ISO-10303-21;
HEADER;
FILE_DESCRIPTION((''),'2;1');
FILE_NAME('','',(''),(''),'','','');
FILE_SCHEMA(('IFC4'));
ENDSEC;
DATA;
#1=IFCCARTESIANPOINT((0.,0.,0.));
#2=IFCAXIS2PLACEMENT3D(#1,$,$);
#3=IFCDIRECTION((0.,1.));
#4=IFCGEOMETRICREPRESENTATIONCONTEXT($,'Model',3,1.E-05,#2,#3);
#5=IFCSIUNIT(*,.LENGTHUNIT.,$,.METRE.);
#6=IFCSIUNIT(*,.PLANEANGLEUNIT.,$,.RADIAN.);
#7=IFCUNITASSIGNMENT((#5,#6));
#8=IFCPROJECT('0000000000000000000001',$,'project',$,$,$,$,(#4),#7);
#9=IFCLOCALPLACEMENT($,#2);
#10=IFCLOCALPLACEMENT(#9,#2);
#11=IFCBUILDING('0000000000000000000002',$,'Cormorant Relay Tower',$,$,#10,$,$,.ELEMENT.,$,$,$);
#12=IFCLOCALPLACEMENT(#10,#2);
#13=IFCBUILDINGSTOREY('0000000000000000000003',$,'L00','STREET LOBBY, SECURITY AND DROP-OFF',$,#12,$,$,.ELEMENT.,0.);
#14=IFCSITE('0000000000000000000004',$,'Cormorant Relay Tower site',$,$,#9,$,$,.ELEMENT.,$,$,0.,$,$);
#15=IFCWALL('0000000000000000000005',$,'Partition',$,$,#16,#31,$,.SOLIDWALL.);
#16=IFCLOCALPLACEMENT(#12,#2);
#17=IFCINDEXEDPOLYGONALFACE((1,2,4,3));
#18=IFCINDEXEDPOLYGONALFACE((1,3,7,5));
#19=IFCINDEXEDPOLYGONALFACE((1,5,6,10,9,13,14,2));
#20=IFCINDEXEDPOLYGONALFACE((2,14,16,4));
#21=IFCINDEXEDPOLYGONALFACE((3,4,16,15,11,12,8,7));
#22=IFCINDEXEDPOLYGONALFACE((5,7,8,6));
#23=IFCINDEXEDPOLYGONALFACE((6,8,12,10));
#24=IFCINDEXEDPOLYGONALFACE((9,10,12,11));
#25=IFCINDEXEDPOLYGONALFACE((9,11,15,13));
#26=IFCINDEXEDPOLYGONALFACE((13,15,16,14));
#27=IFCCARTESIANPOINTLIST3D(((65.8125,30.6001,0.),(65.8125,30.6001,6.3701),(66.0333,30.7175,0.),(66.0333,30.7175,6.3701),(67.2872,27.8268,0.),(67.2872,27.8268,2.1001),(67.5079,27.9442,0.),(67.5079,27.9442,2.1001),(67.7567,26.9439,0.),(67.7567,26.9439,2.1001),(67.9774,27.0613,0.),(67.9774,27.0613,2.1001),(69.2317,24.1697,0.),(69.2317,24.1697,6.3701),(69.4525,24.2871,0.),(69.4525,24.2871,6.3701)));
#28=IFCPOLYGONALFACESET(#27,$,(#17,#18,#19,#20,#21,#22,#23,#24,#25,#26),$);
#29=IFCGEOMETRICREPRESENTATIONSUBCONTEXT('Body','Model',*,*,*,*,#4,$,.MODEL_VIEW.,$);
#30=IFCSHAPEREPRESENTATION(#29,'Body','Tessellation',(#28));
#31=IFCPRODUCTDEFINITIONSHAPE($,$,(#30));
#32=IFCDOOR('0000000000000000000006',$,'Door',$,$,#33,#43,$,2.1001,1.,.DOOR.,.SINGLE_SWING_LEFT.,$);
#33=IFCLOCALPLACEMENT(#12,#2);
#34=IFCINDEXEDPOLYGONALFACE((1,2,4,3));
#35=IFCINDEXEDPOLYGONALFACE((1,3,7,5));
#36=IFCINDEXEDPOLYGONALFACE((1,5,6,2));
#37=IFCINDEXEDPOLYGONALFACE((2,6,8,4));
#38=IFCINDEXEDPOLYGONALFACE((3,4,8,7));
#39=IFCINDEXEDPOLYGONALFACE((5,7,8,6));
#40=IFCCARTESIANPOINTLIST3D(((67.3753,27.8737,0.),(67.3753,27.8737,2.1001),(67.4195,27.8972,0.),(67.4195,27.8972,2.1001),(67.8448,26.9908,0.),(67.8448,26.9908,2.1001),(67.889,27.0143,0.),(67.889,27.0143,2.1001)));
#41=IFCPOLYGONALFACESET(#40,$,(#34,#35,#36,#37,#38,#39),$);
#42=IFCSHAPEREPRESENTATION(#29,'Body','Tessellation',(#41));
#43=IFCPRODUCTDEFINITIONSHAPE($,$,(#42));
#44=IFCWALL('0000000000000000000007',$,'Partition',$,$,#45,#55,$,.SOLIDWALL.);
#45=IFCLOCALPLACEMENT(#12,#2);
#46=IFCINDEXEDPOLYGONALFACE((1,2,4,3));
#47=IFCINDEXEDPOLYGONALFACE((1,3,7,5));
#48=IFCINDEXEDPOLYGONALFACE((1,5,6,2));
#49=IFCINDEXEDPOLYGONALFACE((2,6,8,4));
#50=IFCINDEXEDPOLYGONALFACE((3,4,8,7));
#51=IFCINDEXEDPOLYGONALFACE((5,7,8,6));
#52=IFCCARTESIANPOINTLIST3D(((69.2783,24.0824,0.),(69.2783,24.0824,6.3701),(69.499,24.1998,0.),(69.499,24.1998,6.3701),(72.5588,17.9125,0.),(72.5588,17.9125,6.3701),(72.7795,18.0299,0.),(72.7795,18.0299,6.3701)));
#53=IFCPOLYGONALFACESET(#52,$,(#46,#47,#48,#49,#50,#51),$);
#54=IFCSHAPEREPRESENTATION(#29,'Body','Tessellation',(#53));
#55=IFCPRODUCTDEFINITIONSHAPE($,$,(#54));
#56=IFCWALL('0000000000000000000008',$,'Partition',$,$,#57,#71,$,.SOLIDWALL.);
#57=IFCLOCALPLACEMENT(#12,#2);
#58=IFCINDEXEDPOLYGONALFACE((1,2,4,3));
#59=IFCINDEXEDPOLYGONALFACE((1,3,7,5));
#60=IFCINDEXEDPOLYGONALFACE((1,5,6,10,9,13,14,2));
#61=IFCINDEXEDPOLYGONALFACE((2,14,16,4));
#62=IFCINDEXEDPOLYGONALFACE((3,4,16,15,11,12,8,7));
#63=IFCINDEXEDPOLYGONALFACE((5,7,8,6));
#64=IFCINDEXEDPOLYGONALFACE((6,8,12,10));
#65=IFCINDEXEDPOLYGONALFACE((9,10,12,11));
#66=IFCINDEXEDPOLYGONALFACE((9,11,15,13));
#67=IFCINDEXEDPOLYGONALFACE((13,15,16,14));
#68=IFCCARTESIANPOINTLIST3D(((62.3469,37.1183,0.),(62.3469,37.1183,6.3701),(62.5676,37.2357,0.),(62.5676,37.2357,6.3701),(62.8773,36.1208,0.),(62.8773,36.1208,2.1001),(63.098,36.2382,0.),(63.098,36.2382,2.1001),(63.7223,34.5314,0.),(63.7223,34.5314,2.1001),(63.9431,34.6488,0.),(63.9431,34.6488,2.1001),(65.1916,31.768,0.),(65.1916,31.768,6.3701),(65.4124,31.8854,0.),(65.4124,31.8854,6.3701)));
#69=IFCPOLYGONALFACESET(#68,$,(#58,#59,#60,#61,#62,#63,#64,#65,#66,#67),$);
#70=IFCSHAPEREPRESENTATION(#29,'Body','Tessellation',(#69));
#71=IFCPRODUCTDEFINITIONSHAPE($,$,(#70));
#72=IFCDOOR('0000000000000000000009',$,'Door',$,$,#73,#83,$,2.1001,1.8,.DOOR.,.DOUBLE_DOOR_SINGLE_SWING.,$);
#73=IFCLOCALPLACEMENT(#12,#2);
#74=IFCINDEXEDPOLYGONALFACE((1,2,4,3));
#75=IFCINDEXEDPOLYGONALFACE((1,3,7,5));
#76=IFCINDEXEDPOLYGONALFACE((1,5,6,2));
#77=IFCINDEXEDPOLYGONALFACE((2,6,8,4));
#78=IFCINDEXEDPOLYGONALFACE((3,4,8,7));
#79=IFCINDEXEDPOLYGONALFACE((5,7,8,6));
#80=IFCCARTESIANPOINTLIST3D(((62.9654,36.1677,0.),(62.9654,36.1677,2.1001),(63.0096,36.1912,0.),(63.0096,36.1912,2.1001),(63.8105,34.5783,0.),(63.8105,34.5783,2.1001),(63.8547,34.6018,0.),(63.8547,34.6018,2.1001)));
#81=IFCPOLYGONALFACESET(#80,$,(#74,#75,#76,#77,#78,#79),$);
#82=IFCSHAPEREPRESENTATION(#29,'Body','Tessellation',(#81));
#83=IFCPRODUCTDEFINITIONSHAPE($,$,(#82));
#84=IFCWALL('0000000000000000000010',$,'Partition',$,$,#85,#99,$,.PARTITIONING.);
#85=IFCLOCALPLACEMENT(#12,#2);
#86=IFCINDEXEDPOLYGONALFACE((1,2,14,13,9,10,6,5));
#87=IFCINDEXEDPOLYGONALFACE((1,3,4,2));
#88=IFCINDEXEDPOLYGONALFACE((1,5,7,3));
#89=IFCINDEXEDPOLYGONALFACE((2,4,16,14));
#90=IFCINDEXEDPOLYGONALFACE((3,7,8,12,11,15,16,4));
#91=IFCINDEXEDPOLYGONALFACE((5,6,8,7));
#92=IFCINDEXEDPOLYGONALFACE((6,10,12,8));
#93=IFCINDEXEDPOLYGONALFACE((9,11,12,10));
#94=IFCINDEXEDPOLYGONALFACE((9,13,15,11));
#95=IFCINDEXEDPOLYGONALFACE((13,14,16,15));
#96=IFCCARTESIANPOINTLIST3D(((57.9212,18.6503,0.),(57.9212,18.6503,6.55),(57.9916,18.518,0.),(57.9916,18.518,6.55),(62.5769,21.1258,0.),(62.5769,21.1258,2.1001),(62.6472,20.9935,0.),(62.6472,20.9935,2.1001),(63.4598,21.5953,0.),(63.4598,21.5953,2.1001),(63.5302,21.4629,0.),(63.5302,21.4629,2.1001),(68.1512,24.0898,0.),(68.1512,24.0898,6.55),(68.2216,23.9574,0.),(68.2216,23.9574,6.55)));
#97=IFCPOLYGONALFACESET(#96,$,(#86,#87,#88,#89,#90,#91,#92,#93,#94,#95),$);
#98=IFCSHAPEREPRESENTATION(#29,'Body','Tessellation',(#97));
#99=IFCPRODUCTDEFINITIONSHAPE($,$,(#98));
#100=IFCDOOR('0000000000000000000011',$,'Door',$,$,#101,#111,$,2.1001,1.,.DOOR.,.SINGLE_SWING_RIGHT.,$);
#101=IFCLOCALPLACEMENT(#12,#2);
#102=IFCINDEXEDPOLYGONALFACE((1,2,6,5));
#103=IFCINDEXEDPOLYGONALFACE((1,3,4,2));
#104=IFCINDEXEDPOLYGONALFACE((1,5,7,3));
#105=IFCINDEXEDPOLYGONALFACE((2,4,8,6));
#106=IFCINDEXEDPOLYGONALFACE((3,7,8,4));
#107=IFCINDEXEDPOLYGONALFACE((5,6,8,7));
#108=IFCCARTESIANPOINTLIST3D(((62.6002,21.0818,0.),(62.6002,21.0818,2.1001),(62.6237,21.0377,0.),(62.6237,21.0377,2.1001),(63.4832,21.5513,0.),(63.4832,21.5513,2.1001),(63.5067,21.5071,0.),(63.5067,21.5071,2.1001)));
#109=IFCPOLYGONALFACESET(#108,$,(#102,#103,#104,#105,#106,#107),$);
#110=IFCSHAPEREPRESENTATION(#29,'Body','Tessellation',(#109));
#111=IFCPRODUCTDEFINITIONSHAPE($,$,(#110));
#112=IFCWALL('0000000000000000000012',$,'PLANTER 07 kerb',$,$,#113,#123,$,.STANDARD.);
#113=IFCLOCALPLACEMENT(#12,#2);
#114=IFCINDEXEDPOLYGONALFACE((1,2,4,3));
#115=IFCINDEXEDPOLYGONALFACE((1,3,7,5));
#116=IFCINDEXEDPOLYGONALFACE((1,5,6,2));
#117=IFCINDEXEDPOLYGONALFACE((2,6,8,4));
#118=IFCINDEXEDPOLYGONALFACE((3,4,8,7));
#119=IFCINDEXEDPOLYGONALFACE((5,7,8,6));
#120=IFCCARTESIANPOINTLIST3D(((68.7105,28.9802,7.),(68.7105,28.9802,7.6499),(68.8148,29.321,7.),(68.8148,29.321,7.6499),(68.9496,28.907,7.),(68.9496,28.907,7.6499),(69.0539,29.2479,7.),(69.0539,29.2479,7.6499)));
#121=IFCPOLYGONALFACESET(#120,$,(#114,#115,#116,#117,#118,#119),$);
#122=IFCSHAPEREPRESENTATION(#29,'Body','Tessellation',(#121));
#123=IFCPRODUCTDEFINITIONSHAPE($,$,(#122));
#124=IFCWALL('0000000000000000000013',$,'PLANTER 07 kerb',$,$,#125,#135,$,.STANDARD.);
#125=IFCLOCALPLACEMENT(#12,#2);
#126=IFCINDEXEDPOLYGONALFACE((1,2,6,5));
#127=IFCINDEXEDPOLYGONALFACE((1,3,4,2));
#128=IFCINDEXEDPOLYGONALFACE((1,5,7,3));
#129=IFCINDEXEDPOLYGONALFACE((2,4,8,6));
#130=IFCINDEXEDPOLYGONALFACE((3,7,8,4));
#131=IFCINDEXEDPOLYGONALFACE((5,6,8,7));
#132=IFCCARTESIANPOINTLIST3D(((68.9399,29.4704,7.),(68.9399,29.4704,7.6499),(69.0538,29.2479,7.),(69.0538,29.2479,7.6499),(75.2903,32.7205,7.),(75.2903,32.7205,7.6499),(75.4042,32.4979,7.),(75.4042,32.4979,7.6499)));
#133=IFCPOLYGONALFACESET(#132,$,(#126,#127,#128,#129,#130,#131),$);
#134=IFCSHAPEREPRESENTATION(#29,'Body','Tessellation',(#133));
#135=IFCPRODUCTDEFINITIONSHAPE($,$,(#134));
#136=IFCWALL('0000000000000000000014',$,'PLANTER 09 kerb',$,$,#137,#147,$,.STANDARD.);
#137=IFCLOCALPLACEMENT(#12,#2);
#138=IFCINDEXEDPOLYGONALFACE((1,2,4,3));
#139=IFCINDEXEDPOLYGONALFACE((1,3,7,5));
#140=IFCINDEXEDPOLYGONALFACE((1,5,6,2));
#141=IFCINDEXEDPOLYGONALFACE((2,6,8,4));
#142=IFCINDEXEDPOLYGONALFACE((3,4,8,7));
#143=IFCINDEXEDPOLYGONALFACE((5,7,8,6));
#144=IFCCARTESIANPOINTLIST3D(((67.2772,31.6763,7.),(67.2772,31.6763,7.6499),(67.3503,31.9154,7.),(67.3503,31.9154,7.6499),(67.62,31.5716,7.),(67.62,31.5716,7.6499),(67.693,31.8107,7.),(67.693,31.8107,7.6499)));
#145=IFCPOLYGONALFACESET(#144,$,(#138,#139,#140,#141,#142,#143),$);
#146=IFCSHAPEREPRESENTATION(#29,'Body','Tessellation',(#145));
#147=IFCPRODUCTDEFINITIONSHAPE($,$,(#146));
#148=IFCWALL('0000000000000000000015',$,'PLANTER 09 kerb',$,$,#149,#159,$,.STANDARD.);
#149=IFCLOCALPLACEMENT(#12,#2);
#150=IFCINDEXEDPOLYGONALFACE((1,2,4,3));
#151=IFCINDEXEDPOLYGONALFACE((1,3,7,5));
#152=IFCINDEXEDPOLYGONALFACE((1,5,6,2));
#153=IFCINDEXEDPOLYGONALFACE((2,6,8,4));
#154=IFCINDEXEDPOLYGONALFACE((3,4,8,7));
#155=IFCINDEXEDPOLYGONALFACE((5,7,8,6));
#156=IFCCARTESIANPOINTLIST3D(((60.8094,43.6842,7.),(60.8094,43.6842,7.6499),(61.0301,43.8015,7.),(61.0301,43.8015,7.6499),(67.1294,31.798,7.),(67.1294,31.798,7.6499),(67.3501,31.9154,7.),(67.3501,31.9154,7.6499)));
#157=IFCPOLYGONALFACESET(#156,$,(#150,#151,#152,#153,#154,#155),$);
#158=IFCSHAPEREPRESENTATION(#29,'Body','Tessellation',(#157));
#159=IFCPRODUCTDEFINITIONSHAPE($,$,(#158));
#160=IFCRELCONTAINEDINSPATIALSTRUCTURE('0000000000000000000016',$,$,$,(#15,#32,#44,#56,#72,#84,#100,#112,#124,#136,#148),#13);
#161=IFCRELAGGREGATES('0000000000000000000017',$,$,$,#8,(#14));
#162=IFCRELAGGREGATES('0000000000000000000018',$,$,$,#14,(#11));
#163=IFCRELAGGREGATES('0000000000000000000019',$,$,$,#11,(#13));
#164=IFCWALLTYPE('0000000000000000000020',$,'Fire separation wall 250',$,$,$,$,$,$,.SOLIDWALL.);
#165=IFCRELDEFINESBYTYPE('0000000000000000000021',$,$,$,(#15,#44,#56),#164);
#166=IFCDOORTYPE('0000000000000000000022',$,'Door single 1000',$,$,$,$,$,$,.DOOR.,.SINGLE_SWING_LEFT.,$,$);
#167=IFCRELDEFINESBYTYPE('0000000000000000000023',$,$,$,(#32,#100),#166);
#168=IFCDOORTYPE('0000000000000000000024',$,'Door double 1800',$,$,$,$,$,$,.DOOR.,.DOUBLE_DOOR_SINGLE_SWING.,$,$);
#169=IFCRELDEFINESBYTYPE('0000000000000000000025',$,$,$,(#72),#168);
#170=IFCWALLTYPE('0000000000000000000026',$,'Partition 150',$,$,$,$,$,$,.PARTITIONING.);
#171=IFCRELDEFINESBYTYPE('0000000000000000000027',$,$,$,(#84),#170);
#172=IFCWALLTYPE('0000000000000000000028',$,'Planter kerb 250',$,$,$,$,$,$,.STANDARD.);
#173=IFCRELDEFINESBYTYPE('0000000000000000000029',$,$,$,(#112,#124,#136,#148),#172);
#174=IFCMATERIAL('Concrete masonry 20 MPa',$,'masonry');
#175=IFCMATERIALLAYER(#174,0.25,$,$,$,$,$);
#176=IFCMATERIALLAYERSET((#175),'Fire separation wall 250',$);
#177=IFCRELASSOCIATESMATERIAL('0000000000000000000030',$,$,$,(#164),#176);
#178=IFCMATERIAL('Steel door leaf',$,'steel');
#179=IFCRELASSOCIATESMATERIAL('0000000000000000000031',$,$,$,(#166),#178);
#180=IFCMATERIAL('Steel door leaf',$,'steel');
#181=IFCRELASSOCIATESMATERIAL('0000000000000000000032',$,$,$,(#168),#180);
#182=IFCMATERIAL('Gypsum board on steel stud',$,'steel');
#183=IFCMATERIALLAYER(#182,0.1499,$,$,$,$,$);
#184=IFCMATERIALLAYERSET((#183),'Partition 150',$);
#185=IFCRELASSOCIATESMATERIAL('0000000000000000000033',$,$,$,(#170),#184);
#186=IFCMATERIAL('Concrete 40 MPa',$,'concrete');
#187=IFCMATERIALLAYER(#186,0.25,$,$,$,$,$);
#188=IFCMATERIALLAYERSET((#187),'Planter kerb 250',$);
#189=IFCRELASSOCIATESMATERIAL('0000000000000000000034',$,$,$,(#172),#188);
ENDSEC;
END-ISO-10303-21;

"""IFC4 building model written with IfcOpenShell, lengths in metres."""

from ifc_helpers import new_model, si_unit, direction, frame, frame_2d, origin, place, context, subcontext, project, spatial, rectangle, extrude, material, layer, layer_set, type_object, element, fill, save


model = new_model("IFC4")

# Units and contexts
model_context = context("Model", 3, precision=1e-05, world=origin(), true_north=direction((0.0, 1.0)))
body_context = subcontext(model_context, "Body", "Model", "MODEL_VIEW")
ifc_project = project(units=[si_unit("LENGTHUNIT", "METRE"), si_unit("PLANEANGLEUNIT", "RADIAN")], contexts=[model_context])

# Site, building, storey
site_placement = place(None, origin())
site = spatial("IfcSite", under=ifc_project, at=site_placement, Name="Cormorant Relay Tower site", CompositionType="ELEMENT", RefElevation=0.0)
building_placement = place(site_placement, origin())
building = spatial("IfcBuilding", under=site, at=building_placement, Name="Cormorant Relay Tower", CompositionType="ELEMENT")
storey_placement = place(building_placement, origin())
storey = spatial("IfcBuildingStorey", under=building, at=storey_placement, Name="L00", Description="STREET LOBBY, SECURITY AND DROP-OFF", CompositionType="ELEMENT", Elevation=0.0)

# Shared definitions
ifc_material_1 = material(Name="Concrete masonry 20 MPa", Category="masonry")
ifc_layer_1 = layer(ifc_material_1, 0.25)
ifc_layer_set_1 = layer_set([ifc_layer_1], Name="Fire separation wall 250")
wall_type_1 = type_object("IfcWallType", Name="Fire separation wall 250", PredefinedType="SOLIDWALL", material=ifc_layer_set_1)

# Wall, opening, door
wall_1_placement = place(storey_placement, frame((65.9229, 30.6589, 0.0), z_axis=(0.0, 0.0, 1.0), x_axis=(0.46948, -0.882943, 0.0)))
wall_1 = element("IfcWall", 1, at=wall_1_placement, inside=storey, type_object=wall_type_1, Name="Partition", PredefinedType="SOLIDWALL", context=body_context, shape_type="SweptSolid", body=[
    extrude(rectangle(XDim=7.283, YDim=0.25, at=frame_2d((3.6416, 0.0))), origin(), (0.0, 0.0, 1.0), 6.3701),
])
opening_1_placement = place(wall_1_placement, frame((3.1411, 0.0, 0.0)))
opening_1 = element("IfcOpeningElement", 2, at=opening_1_placement, cuts=wall_1, PredefinedType="OPENING", context=body_context, shape_type="SweptSolid", body=[
    extrude(rectangle(XDim=1.0, YDim=2.1001, at=frame_2d((0.5, 1.05))), frame((0.0, 0.135, 0.0), z_axis=(0.0, -1.0, 0.0), x_axis=(1.0, 0.0, 0.0)), (0.0, 0.0, 1.0), 0.27),
])
ifc_material_2 = material(Name="Steel door leaf", Category="steel")
door_type_1 = type_object("IfcDoorType", Name="Door single 1000", OperationType="SINGLE_SWING_LEFT", PredefinedType="DOOR", material=ifc_material_2)
door_1_placement = place(opening_1_placement, origin())
door_1 = element("IfcDoor", 3, at=door_1_placement, inside=storey, type_object=door_type_1, Name="Door", OperationType="SINGLE_SWING_LEFT", OverallHeight=2.1001, OverallWidth=1.0, PredefinedType="DOOR", context=body_context, shape_type="SweptSolid", body=[
    extrude(rectangle(XDim=1.0, YDim=2.1001, at=frame_2d((0.5, 1.05))), frame((0.0, 0.0249, 0.0), z_axis=(0.0, -1.0, 0.0), x_axis=(1.0, 0.0, 0.0)), (0.0, 0.0, 1.0), 0.05),
])
fill(opening_1, door_1)

# Wall
wall_2_placement = place(storey_placement, frame((69.3887, 24.1411, 0.0), z_axis=(0.0, 0.0, 1.0), x_axis=(0.469462, -0.882953, 0.0)))
element("IfcWall", 4, at=wall_2_placement, inside=storey, type_object=wall_type_1, Name="Partition", PredefinedType="SOLIDWALL", context=body_context, shape_type="SweptSolid", body=[
    extrude(rectangle(XDim=6.9878, YDim=0.25, at=frame_2d((3.4939, 0.0))), origin(), (0.0, 0.0, 1.0), 6.3701),
])

# Walls, openings, doors
wall_3_placement = place(storey_placement, frame((62.4573, 37.177, 0.0), z_axis=(0.0, 0.0, 1.0), x_axis=(0.469459, -0.882954, 0.0)))
wall_3 = element("IfcWall", 5, at=wall_3_placement, inside=storey, type_object=wall_type_1, Name="Partition", PredefinedType="SOLIDWALL", context=body_context, shape_type="SweptSolid", body=[
    extrude(rectangle(XDim=6.0596, YDim=0.25, at=frame_2d((3.0298, 0.0))), origin(), (0.0, 0.0, 1.0), 6.3701),
])
opening_2_placement = place(wall_3_placement, frame((1.1299, 0.0, 0.0)))
opening_2 = element("IfcOpeningElement", 6, at=opening_2_placement, cuts=wall_3, PredefinedType="OPENING", context=body_context, shape_type="SweptSolid", body=[
    extrude(rectangle(XDim=1.8, YDim=2.1001, at=frame_2d((0.8999, 1.05))), frame((0.0, 0.135, 0.0), z_axis=(0.0, -1.0, 0.0), x_axis=(1.0, 0.0, 0.0)), (0.0, 0.0, 1.0), 0.27),
])
ifc_material_3 = material(Name="Steel door leaf", Category="steel")
door_type_2 = type_object("IfcDoorType", Name="Door double 1800", OperationType="DOUBLE_DOOR_SINGLE_SWING", PredefinedType="DOOR", material=ifc_material_3)
door_2_placement = place(opening_2_placement, origin())
door_2 = element("IfcDoor", 7, at=door_2_placement, inside=storey, type_object=door_type_2, Name="Door", OperationType="DOUBLE_DOOR_SINGLE_SWING", OverallHeight=2.1001, OverallWidth=1.8, PredefinedType="DOOR", context=body_context, shape_type="SweptSolid", body=[
    extrude(rectangle(XDim=1.8, YDim=2.1001, at=frame_2d((0.8999, 1.05))), frame((0.0, 0.0249, 0.0), z_axis=(0.0, -1.0, 0.0), x_axis=(1.0, 0.0, 0.0)), (0.0, 0.0, 1.0), 0.05),
])
fill(opening_2, door_2)
ifc_material_4 = material(Name="Gypsum board on steel stud", Category="steel")
ifc_layer_2 = layer(ifc_material_4, 0.1499)
ifc_layer_set_2 = layer_set([ifc_layer_2], Name="Partition 150")
wall_type_2 = type_object("IfcWallType", Name="Partition 150", PredefinedType="PARTITIONING", material=ifc_layer_set_2)
wall_4_placement = place(storey_placement, frame((57.9565, 18.5842, 0.0), z_axis=(0.0, 0.0, 1.0), x_axis=(0.882945, 0.469477, 0.0)))
wall_4 = element("IfcWall", 8, at=wall_4_placement, inside=storey, type_object=wall_type_2, Name="Partition", PredefinedType="PARTITIONING", context=body_context, shape_type="SweptSolid", body=[
    extrude(rectangle(XDim=11.5862, YDim=0.1499, at=frame_2d((5.793, 0.0))), origin(), (0.0, 0.0, 1.0), 6.55),
])
opening_3_placement = place(wall_4_placement, frame((5.2727, 0.0, 0.0)))
opening_3 = element("IfcOpeningElement", 9, at=opening_3_placement, cuts=wall_4, PredefinedType="OPENING", context=body_context, shape_type="SweptSolid", body=[
    extrude(rectangle(XDim=1.0, YDim=2.1001, at=frame_2d((0.5, 1.05))), frame((0.0, 0.085, 0.0), z_axis=(0.0, -1.0, 0.0), x_axis=(1.0, 0.0, 0.0)), (0.0, 0.0, 1.0), 0.1699),
])
door_3_placement = place(opening_3_placement, frame((1.0, 0.0, 0.0), z_axis=(0.0, 0.0, 1.0), x_axis=(-1.0, 0.0, 0.0)))
door_3 = element("IfcDoor", 10, at=door_3_placement, inside=storey, type_object=door_type_1, Name="Door", OperationType="SINGLE_SWING_RIGHT", OverallHeight=2.1001, OverallWidth=1.0, PredefinedType="DOOR", context=body_context, shape_type="SweptSolid", body=[
    extrude(rectangle(XDim=1.0, YDim=2.1001, at=frame_2d((0.5, 1.05))), frame((0.0, 0.0249, 0.0), z_axis=(0.0, -1.0, 0.0), x_axis=(1.0, 0.0, 0.0)), (0.0, 0.0, 1.0), 0.05),
])
fill(opening_3, door_3)

# Walls
ifc_material_5 = material(Name="Concrete 40 MPa", Category="concrete")
ifc_layer_3 = layer(ifc_material_5, 0.25)
ifc_layer_set_3 = layer_set([ifc_layer_3], Name="Planter kerb 250")
wall_type_3 = type_object("IfcWallType", Name="Planter kerb 250", PredefinedType="STANDARD", material=ifc_layer_set_3)
wall_5_placement = place(storey_placement, frame((68.8301, 28.9436, 7.0), z_axis=(0.0, 0.0, 1.0), x_axis=(0.292497, 0.956266, 0.0)))
element("IfcWall", 11, at=wall_5_placement, inside=storey, type_object=wall_type_3, Name="PLANTER 07 kerb", PredefinedType="STANDARD", context=body_context, shape_type="SweptSolid", body=[
    extrude(rectangle(XDim=0.3564, YDim=0.25, at=frame_2d((0.1782, 0.0))), origin(), (0.0, 0.0, 1.0), 0.6499),
])
wall_6_placement = place(storey_placement, frame((68.9968, 29.3591, 7.0), z_axis=(0.0, 0.0, 1.0), x_axis=(0.890192, 0.455586, 0.0)))
element("IfcWall", 12, at=wall_6_placement, inside=storey, type_object=wall_type_3, Name="PLANTER 07 kerb", PredefinedType="STANDARD", context=body_context, shape_type="SweptSolid", body=[
    extrude(rectangle(XDim=7.1338, YDim=0.25, at=frame_2d((3.5669, 0.0))), origin(), (0.0, 0.0, 1.0), 0.6499),
])
wall_7_placement = place(storey_placement, frame((67.6565, 31.6912, 7.0), z_axis=(0.0, 0.0, 1.0), x_axis=(-0.956352, 0.292219, 0.0)))
element("IfcWall", 13, at=wall_7_placement, inside=storey, type_object=wall_type_3, Name="PLANTER 09 kerb", PredefinedType="STANDARD", context=body_context, shape_type="SweptSolid", body=[
    extrude(rectangle(XDim=0.3584, YDim=0.25, at=frame_2d((0.1792, 0.0))), origin(), (0.0, 0.0, 1.0), 0.6499),
])
wall_8_placement = place(storey_placement, frame((67.2397, 31.8567, 7.0), z_axis=(0.0, 0.0, 1.0), x_axis=(-0.469474, 0.882946, 0.0)))
element("IfcWall", 14, at=wall_8_placement, inside=storey, type_object=wall_type_3, Name="PLANTER 09 kerb", PredefinedType="STANDARD", context=body_context, shape_type="SweptSolid", body=[
    extrude(rectangle(XDim=13.4619, YDim=0.25, at=frame_2d((6.731, 0.0))), origin(), (0.0, 0.0, 1.0), 0.6499),
])

save(model, "model.ifc")
